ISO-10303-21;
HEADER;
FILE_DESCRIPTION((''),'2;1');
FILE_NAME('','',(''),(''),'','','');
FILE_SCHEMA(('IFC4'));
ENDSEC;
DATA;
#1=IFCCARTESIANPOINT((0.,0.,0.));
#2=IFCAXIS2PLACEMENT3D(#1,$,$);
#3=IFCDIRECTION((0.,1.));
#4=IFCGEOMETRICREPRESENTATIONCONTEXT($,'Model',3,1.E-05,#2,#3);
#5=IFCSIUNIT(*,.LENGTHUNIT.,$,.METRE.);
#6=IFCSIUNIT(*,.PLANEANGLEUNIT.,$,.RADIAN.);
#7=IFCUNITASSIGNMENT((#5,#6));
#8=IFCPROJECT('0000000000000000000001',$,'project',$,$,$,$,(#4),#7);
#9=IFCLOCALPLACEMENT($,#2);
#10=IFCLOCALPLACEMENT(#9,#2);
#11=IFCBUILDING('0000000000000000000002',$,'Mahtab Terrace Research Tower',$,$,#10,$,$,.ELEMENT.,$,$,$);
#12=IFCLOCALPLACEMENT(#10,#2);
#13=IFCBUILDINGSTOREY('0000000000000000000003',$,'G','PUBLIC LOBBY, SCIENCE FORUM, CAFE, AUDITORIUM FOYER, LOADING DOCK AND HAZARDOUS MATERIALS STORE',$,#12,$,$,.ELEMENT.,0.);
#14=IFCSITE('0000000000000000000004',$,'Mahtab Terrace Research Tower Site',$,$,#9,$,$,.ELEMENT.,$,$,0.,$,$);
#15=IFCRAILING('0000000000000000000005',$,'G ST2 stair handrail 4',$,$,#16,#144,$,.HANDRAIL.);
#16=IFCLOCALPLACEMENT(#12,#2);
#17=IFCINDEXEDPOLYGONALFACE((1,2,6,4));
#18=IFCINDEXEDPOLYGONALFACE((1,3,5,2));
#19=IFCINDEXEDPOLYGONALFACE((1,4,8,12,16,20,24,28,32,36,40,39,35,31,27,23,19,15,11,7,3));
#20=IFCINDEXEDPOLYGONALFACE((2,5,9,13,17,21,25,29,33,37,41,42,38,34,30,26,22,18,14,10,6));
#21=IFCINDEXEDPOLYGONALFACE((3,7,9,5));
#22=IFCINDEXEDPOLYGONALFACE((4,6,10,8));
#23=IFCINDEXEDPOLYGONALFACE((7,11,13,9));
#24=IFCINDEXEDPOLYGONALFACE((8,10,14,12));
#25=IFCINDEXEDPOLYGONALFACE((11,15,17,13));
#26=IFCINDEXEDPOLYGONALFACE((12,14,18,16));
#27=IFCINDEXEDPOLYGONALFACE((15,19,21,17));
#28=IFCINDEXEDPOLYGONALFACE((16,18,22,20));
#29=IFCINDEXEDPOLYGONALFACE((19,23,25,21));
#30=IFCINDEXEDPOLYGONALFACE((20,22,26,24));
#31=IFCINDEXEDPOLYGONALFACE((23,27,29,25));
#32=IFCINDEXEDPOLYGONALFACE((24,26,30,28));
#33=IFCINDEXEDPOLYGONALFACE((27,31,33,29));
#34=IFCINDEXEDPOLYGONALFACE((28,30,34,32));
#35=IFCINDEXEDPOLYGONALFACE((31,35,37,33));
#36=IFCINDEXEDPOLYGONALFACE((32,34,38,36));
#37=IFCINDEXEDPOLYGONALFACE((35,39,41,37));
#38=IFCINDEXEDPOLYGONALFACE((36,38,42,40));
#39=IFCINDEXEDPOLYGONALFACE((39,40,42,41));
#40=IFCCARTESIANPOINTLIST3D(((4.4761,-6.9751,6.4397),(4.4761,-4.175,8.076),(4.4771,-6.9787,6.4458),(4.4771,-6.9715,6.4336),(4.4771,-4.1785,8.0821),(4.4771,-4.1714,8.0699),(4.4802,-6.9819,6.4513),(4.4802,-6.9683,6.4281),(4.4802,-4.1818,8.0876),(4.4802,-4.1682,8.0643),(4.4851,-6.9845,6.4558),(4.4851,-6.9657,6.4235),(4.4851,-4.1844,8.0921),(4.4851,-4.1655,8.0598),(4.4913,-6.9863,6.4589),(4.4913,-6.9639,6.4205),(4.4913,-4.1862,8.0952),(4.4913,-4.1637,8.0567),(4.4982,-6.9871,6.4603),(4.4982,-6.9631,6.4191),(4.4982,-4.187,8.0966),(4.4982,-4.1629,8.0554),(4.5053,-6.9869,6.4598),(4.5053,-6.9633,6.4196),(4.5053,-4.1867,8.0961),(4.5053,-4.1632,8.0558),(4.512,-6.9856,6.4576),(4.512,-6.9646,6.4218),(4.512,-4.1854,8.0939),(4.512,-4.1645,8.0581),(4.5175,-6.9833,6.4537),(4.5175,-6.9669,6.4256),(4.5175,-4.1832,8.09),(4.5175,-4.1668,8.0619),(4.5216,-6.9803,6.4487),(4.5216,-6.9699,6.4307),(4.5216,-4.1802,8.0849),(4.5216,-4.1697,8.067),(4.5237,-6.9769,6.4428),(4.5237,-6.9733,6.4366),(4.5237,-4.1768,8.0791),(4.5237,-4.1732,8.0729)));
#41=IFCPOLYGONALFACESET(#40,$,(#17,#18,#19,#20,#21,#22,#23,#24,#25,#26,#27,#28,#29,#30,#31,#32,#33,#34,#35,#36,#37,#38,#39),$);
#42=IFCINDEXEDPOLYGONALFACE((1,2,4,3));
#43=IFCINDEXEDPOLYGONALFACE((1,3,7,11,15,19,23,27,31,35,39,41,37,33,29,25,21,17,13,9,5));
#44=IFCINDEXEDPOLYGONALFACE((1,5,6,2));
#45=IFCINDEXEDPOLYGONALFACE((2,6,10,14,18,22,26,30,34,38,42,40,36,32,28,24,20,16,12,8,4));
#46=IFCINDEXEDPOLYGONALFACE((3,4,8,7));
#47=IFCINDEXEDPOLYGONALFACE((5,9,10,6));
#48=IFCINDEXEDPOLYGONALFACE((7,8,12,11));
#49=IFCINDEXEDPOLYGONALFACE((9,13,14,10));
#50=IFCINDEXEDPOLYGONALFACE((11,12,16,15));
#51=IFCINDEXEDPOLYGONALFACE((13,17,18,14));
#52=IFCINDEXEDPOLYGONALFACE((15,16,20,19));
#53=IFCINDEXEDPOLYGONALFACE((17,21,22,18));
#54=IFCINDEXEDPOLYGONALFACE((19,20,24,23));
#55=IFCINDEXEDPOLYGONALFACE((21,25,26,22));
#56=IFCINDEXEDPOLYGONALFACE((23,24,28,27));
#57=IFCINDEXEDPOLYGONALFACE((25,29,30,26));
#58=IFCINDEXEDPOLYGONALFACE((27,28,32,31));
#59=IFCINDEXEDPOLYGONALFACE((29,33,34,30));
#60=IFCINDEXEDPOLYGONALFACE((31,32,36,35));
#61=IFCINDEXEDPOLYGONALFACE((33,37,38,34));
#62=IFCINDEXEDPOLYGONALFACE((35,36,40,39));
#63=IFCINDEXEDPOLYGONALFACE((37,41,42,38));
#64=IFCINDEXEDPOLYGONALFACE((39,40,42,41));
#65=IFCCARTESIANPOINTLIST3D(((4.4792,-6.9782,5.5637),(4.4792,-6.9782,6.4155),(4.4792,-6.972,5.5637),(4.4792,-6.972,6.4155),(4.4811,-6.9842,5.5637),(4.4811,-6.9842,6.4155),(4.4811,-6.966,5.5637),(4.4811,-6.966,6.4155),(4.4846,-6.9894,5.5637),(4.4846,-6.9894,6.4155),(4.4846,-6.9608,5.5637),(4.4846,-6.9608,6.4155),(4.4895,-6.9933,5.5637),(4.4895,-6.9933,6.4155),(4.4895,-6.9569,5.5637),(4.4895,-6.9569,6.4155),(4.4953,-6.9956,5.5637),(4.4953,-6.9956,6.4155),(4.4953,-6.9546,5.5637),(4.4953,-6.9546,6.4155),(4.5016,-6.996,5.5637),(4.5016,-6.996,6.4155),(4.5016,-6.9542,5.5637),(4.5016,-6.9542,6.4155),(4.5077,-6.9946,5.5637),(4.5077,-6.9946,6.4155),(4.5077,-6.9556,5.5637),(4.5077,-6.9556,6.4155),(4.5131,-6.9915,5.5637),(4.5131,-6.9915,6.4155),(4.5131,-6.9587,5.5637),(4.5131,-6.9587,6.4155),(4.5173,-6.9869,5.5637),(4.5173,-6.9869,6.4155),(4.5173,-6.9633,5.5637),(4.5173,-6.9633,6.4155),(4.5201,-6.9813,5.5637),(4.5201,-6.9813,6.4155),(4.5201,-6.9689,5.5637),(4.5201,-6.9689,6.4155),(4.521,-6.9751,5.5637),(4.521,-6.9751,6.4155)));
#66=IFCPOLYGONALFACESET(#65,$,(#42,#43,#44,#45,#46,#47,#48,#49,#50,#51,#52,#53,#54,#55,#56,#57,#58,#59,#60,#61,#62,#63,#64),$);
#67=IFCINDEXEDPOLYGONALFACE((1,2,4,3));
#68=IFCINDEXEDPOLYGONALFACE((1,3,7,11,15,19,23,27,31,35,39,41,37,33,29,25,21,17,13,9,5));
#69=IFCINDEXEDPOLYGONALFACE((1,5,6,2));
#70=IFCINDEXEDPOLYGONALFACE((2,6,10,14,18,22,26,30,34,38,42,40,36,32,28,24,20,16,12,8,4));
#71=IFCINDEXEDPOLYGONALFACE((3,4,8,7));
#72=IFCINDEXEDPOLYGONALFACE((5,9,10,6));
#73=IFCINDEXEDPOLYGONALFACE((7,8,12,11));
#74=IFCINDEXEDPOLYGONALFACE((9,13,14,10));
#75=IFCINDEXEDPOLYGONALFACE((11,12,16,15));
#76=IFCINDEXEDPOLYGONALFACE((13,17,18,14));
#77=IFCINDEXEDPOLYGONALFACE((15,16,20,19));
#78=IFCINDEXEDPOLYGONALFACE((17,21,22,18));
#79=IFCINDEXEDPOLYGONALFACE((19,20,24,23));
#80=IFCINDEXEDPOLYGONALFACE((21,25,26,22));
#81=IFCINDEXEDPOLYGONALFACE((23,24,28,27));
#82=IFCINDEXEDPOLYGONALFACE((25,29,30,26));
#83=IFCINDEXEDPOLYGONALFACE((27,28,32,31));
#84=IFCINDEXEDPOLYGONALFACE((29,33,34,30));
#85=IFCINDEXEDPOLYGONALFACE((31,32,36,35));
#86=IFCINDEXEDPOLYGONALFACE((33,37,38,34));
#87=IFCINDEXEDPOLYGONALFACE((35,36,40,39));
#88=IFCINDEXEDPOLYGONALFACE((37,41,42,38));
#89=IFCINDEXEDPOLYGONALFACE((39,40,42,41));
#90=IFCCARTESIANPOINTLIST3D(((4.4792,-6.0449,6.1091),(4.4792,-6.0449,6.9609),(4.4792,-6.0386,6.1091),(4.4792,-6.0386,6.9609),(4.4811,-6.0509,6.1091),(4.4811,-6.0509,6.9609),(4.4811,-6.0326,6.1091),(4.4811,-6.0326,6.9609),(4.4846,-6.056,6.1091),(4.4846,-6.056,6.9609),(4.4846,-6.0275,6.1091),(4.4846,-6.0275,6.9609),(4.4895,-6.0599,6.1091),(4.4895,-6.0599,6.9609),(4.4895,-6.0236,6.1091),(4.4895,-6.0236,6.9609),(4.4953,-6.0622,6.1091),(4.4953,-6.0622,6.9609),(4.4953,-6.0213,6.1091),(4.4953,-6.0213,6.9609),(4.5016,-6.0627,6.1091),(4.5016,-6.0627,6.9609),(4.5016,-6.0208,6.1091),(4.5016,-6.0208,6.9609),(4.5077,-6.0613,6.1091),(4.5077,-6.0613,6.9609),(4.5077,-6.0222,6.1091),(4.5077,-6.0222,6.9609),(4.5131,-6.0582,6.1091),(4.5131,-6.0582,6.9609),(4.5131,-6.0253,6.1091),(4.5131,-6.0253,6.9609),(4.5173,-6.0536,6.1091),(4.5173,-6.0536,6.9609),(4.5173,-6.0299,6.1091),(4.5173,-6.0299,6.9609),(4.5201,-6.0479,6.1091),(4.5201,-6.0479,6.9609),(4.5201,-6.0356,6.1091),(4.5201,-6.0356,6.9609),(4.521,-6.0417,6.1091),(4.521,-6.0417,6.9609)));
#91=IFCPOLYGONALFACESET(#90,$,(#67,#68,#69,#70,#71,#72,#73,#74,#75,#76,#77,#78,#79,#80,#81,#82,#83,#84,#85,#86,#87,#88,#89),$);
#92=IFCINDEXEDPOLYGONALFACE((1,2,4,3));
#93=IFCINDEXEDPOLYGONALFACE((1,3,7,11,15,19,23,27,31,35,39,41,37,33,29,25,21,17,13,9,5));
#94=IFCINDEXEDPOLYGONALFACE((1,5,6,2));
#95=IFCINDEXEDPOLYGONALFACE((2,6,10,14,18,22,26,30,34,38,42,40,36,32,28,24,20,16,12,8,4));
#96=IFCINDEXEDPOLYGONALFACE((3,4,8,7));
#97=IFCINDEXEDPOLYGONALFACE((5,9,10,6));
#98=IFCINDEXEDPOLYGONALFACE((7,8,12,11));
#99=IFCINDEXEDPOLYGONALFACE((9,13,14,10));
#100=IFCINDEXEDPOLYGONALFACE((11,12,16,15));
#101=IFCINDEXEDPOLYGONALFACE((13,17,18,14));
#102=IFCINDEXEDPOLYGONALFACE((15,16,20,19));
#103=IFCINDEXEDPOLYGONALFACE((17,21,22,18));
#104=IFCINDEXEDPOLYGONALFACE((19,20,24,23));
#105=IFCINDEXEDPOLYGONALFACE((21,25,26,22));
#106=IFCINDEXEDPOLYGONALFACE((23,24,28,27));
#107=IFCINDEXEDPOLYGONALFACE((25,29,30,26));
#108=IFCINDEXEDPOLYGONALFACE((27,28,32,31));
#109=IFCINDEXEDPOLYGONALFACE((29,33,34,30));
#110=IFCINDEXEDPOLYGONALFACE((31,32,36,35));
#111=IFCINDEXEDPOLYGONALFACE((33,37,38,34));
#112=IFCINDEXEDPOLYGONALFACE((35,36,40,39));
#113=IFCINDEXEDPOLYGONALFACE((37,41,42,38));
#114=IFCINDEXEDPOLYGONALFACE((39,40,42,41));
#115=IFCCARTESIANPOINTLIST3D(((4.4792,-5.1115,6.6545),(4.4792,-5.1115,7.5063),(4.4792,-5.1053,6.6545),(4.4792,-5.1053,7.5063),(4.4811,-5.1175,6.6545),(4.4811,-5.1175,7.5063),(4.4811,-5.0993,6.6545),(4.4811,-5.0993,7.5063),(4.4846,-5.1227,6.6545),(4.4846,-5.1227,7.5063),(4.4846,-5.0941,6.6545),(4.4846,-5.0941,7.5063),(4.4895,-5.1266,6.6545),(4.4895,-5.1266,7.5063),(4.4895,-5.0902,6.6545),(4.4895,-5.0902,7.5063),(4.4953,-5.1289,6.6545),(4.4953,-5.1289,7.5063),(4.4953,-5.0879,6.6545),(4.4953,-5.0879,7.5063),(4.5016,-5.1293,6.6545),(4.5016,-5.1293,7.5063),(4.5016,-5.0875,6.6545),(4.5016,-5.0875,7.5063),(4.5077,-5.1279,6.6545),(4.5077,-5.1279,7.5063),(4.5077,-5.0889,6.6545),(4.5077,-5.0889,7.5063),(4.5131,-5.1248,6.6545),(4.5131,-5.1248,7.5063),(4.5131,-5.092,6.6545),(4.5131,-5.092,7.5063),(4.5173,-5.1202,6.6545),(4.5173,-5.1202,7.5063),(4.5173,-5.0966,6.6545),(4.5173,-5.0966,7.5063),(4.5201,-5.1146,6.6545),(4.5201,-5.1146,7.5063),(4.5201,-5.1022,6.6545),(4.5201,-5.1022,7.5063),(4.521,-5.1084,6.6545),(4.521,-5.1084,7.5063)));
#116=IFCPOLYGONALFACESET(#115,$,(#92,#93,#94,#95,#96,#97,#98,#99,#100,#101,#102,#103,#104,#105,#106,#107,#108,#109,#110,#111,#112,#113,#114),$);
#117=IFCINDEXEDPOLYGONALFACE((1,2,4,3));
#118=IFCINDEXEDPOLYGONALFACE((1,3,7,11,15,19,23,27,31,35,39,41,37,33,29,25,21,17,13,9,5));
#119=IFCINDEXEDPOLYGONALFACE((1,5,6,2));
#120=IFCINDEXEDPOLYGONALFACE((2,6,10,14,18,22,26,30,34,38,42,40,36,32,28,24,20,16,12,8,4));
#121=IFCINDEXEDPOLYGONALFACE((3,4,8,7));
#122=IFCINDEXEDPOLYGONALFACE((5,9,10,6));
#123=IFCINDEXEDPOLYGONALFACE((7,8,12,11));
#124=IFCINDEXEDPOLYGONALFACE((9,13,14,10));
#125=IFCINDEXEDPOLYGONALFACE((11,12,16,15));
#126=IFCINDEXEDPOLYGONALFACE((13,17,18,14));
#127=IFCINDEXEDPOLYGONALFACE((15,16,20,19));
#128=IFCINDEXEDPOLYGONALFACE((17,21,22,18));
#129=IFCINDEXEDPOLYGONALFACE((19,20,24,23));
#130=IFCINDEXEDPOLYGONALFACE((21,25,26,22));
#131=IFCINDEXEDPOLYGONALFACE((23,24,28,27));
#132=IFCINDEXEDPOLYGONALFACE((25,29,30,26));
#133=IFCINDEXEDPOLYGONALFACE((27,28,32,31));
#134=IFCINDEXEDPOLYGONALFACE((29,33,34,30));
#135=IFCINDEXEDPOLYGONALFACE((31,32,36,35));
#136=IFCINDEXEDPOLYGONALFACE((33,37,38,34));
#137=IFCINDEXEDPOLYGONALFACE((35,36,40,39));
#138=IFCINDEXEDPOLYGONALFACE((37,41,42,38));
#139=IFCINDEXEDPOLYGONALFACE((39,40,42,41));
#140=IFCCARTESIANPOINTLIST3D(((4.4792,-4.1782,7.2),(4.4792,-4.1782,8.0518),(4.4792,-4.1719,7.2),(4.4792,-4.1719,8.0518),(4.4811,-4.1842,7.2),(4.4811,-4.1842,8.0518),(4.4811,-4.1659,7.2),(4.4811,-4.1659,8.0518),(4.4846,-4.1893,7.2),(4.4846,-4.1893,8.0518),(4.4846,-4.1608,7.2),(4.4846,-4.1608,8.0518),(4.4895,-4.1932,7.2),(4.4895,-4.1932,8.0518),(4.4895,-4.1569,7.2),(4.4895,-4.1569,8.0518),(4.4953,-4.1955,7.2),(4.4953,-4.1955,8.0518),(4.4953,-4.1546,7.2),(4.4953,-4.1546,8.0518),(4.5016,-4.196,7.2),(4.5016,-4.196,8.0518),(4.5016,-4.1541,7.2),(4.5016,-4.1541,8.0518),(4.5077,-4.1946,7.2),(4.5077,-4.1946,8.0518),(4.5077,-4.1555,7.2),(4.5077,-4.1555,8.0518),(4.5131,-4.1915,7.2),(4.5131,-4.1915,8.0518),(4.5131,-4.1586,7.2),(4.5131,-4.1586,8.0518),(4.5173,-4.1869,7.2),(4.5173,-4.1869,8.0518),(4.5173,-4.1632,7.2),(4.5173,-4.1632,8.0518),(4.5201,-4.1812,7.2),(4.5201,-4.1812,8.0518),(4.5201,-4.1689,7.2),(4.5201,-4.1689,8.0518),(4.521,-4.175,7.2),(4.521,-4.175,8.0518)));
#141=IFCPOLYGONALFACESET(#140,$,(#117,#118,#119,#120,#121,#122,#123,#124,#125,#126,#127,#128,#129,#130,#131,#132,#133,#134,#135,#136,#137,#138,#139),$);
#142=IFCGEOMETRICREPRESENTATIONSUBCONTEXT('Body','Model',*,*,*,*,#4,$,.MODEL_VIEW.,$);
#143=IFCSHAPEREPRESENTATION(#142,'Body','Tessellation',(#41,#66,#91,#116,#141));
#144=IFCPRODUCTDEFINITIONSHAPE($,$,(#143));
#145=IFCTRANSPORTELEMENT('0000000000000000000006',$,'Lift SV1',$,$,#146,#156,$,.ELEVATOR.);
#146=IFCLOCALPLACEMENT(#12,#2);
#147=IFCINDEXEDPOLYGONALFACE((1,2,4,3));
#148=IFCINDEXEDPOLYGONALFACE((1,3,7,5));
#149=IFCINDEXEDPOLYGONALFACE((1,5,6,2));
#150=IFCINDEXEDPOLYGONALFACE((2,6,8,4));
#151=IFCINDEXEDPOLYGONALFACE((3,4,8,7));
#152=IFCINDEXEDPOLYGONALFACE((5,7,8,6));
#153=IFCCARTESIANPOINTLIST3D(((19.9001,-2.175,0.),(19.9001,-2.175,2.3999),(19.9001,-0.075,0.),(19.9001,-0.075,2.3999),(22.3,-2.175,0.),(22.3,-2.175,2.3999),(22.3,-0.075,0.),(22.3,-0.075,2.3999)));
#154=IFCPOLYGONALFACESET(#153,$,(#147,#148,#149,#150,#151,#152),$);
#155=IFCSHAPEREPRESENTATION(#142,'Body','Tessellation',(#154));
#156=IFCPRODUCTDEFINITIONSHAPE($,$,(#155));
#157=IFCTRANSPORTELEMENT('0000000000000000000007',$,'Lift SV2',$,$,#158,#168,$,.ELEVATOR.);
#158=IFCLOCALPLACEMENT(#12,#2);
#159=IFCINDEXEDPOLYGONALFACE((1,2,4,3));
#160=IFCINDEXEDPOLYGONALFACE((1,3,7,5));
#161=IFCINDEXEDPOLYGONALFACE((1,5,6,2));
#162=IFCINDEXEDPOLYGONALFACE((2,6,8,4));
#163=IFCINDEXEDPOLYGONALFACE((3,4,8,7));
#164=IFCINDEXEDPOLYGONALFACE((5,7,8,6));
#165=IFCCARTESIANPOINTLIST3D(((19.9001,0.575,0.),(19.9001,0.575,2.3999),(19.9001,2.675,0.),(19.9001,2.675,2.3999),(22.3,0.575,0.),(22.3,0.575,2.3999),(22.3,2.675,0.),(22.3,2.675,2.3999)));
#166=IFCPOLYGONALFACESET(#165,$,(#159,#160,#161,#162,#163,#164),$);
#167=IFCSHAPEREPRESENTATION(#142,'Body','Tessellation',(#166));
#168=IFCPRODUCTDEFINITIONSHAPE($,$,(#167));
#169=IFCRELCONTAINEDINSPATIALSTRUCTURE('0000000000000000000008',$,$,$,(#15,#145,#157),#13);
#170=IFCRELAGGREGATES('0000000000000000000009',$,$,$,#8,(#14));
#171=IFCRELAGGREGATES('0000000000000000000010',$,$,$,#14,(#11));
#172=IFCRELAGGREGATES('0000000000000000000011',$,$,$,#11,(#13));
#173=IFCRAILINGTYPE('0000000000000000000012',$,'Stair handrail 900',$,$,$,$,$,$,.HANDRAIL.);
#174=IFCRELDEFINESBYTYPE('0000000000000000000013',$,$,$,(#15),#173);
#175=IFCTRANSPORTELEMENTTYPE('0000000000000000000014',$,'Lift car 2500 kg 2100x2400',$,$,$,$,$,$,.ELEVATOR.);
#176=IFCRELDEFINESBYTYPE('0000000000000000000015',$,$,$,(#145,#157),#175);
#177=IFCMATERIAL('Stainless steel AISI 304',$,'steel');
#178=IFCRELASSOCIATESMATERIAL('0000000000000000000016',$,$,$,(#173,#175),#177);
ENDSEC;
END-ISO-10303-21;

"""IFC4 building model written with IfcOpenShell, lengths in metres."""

from ifc_helpers import new_model, si_unit, direction, frame, origin, origin_2d, place, context, subcontext, project, spatial, rectangle, circle, extrude, material, type_object, element, save


model = new_model("IFC4")

# Units and contexts
model_context = context("Model", 3, precision=1e-05, world=origin(), true_north=direction((0.0, 1.0)))
body_context = subcontext(model_context, "Body", "Model", "MODEL_VIEW")
ifc_project = project(units=[si_unit("LENGTHUNIT", "METRE"), si_unit("PLANEANGLEUNIT", "RADIAN")], contexts=[model_context])

# Site, building, storey
site_placement = place(None, origin())
site = spatial("IfcSite", under=ifc_project, at=site_placement, Name="Mahtab Terrace Research Tower Site", CompositionType="ELEMENT", RefElevation=0.0)
building_placement = place(site_placement, origin())
building = spatial("IfcBuilding", under=site, at=building_placement, Name="Mahtab Terrace Research Tower", CompositionType="ELEMENT")
storey_placement = place(building_placement, origin())
storey = spatial("IfcBuildingStorey", under=building, at=storey_placement, Name="G", Description="PUBLIC LOBBY, SCIENCE FORUM, CAFE, AUDITORIUM FOYER, LOADING DOCK AND HAZARDOUS MATERIALS STORE", CompositionType="ELEMENT", Elevation=0.0)

# Railing
ifc_material_1 = material(Name="Stainless steel AISI 304", Category="steel")
railing_type_1 = type_object("IfcRailingType", Name="Stair handrail 900", PredefinedType="HANDRAIL", material=ifc_material_1)
railing_1_placement = place(storey_placement, frame((4.5, -6.9751, 5.5637)))
element("IfcRailing", 1, at=railing_1_placement, inside=storey, type_object=railing_type_1, Name="G ST2 stair handrail 4", PredefinedType="HANDRAIL", context=body_context, shape_type="SweptSolid", body=[
    extrude(circle(Radius=0.0239, at=origin_2d()), frame((0.0, 0.0, 0.876), z_axis=(0.0, 0.863394, 0.504531), x_axis=(-1.0, 0.0, 0.0)), (0.0, 0.0, 1.0), 3.2432),
    extrude(circle(Radius=0.021, at=origin_2d()), origin(), (0.0, 0.0, 1.0), 0.8518),
    extrude(circle(Radius=0.021, at=origin_2d()), frame((0.0, 0.9333, 0.5454)), (0.0, 0.0, 1.0), 0.8518),
    extrude(circle(Radius=0.021, at=origin_2d()), frame((0.0, 1.8667, 1.0908)), (0.0, 0.0, 1.0), 0.8518),
    extrude(circle(Radius=0.021, at=origin_2d()), frame((0.0, 2.8, 1.6362)), (0.0, 0.0, 1.0), 0.8518),
])

# Transport elements
transport_element_type = type_object("IfcTransportElementType", Name="Lift car 2500 kg 2100x2400", PredefinedType="ELEVATOR", material=ifc_material_1)
for number, where, z_axis, x_axis, name in (
    (2, (21.1001, -1.125, 0.0), (0.0, 0.0, 1.0), (1.0, 0.0, 0.0), "Lift SV1"),
    (3, (21.1001, 1.625, 0.0), (0.0, 0.0, 1.0), (1.0, 0.0, 0.0), "Lift SV2"),
):
    element("IfcTransportElement", number, at=place(storey_placement, frame(where, z_axis=z_axis, x_axis=x_axis)), inside=storey, type_object=transport_element_type, Name=name, PredefinedType="ELEVATOR", context=body_context, shape_type="SweptSolid", body=[
        extrude(rectangle(XDim=2.3999, YDim=2.1001, at=origin_2d()), origin(), (0.0, 0.0, 1.0), 2.3999),
    ])

save(model, "model.ifc")
